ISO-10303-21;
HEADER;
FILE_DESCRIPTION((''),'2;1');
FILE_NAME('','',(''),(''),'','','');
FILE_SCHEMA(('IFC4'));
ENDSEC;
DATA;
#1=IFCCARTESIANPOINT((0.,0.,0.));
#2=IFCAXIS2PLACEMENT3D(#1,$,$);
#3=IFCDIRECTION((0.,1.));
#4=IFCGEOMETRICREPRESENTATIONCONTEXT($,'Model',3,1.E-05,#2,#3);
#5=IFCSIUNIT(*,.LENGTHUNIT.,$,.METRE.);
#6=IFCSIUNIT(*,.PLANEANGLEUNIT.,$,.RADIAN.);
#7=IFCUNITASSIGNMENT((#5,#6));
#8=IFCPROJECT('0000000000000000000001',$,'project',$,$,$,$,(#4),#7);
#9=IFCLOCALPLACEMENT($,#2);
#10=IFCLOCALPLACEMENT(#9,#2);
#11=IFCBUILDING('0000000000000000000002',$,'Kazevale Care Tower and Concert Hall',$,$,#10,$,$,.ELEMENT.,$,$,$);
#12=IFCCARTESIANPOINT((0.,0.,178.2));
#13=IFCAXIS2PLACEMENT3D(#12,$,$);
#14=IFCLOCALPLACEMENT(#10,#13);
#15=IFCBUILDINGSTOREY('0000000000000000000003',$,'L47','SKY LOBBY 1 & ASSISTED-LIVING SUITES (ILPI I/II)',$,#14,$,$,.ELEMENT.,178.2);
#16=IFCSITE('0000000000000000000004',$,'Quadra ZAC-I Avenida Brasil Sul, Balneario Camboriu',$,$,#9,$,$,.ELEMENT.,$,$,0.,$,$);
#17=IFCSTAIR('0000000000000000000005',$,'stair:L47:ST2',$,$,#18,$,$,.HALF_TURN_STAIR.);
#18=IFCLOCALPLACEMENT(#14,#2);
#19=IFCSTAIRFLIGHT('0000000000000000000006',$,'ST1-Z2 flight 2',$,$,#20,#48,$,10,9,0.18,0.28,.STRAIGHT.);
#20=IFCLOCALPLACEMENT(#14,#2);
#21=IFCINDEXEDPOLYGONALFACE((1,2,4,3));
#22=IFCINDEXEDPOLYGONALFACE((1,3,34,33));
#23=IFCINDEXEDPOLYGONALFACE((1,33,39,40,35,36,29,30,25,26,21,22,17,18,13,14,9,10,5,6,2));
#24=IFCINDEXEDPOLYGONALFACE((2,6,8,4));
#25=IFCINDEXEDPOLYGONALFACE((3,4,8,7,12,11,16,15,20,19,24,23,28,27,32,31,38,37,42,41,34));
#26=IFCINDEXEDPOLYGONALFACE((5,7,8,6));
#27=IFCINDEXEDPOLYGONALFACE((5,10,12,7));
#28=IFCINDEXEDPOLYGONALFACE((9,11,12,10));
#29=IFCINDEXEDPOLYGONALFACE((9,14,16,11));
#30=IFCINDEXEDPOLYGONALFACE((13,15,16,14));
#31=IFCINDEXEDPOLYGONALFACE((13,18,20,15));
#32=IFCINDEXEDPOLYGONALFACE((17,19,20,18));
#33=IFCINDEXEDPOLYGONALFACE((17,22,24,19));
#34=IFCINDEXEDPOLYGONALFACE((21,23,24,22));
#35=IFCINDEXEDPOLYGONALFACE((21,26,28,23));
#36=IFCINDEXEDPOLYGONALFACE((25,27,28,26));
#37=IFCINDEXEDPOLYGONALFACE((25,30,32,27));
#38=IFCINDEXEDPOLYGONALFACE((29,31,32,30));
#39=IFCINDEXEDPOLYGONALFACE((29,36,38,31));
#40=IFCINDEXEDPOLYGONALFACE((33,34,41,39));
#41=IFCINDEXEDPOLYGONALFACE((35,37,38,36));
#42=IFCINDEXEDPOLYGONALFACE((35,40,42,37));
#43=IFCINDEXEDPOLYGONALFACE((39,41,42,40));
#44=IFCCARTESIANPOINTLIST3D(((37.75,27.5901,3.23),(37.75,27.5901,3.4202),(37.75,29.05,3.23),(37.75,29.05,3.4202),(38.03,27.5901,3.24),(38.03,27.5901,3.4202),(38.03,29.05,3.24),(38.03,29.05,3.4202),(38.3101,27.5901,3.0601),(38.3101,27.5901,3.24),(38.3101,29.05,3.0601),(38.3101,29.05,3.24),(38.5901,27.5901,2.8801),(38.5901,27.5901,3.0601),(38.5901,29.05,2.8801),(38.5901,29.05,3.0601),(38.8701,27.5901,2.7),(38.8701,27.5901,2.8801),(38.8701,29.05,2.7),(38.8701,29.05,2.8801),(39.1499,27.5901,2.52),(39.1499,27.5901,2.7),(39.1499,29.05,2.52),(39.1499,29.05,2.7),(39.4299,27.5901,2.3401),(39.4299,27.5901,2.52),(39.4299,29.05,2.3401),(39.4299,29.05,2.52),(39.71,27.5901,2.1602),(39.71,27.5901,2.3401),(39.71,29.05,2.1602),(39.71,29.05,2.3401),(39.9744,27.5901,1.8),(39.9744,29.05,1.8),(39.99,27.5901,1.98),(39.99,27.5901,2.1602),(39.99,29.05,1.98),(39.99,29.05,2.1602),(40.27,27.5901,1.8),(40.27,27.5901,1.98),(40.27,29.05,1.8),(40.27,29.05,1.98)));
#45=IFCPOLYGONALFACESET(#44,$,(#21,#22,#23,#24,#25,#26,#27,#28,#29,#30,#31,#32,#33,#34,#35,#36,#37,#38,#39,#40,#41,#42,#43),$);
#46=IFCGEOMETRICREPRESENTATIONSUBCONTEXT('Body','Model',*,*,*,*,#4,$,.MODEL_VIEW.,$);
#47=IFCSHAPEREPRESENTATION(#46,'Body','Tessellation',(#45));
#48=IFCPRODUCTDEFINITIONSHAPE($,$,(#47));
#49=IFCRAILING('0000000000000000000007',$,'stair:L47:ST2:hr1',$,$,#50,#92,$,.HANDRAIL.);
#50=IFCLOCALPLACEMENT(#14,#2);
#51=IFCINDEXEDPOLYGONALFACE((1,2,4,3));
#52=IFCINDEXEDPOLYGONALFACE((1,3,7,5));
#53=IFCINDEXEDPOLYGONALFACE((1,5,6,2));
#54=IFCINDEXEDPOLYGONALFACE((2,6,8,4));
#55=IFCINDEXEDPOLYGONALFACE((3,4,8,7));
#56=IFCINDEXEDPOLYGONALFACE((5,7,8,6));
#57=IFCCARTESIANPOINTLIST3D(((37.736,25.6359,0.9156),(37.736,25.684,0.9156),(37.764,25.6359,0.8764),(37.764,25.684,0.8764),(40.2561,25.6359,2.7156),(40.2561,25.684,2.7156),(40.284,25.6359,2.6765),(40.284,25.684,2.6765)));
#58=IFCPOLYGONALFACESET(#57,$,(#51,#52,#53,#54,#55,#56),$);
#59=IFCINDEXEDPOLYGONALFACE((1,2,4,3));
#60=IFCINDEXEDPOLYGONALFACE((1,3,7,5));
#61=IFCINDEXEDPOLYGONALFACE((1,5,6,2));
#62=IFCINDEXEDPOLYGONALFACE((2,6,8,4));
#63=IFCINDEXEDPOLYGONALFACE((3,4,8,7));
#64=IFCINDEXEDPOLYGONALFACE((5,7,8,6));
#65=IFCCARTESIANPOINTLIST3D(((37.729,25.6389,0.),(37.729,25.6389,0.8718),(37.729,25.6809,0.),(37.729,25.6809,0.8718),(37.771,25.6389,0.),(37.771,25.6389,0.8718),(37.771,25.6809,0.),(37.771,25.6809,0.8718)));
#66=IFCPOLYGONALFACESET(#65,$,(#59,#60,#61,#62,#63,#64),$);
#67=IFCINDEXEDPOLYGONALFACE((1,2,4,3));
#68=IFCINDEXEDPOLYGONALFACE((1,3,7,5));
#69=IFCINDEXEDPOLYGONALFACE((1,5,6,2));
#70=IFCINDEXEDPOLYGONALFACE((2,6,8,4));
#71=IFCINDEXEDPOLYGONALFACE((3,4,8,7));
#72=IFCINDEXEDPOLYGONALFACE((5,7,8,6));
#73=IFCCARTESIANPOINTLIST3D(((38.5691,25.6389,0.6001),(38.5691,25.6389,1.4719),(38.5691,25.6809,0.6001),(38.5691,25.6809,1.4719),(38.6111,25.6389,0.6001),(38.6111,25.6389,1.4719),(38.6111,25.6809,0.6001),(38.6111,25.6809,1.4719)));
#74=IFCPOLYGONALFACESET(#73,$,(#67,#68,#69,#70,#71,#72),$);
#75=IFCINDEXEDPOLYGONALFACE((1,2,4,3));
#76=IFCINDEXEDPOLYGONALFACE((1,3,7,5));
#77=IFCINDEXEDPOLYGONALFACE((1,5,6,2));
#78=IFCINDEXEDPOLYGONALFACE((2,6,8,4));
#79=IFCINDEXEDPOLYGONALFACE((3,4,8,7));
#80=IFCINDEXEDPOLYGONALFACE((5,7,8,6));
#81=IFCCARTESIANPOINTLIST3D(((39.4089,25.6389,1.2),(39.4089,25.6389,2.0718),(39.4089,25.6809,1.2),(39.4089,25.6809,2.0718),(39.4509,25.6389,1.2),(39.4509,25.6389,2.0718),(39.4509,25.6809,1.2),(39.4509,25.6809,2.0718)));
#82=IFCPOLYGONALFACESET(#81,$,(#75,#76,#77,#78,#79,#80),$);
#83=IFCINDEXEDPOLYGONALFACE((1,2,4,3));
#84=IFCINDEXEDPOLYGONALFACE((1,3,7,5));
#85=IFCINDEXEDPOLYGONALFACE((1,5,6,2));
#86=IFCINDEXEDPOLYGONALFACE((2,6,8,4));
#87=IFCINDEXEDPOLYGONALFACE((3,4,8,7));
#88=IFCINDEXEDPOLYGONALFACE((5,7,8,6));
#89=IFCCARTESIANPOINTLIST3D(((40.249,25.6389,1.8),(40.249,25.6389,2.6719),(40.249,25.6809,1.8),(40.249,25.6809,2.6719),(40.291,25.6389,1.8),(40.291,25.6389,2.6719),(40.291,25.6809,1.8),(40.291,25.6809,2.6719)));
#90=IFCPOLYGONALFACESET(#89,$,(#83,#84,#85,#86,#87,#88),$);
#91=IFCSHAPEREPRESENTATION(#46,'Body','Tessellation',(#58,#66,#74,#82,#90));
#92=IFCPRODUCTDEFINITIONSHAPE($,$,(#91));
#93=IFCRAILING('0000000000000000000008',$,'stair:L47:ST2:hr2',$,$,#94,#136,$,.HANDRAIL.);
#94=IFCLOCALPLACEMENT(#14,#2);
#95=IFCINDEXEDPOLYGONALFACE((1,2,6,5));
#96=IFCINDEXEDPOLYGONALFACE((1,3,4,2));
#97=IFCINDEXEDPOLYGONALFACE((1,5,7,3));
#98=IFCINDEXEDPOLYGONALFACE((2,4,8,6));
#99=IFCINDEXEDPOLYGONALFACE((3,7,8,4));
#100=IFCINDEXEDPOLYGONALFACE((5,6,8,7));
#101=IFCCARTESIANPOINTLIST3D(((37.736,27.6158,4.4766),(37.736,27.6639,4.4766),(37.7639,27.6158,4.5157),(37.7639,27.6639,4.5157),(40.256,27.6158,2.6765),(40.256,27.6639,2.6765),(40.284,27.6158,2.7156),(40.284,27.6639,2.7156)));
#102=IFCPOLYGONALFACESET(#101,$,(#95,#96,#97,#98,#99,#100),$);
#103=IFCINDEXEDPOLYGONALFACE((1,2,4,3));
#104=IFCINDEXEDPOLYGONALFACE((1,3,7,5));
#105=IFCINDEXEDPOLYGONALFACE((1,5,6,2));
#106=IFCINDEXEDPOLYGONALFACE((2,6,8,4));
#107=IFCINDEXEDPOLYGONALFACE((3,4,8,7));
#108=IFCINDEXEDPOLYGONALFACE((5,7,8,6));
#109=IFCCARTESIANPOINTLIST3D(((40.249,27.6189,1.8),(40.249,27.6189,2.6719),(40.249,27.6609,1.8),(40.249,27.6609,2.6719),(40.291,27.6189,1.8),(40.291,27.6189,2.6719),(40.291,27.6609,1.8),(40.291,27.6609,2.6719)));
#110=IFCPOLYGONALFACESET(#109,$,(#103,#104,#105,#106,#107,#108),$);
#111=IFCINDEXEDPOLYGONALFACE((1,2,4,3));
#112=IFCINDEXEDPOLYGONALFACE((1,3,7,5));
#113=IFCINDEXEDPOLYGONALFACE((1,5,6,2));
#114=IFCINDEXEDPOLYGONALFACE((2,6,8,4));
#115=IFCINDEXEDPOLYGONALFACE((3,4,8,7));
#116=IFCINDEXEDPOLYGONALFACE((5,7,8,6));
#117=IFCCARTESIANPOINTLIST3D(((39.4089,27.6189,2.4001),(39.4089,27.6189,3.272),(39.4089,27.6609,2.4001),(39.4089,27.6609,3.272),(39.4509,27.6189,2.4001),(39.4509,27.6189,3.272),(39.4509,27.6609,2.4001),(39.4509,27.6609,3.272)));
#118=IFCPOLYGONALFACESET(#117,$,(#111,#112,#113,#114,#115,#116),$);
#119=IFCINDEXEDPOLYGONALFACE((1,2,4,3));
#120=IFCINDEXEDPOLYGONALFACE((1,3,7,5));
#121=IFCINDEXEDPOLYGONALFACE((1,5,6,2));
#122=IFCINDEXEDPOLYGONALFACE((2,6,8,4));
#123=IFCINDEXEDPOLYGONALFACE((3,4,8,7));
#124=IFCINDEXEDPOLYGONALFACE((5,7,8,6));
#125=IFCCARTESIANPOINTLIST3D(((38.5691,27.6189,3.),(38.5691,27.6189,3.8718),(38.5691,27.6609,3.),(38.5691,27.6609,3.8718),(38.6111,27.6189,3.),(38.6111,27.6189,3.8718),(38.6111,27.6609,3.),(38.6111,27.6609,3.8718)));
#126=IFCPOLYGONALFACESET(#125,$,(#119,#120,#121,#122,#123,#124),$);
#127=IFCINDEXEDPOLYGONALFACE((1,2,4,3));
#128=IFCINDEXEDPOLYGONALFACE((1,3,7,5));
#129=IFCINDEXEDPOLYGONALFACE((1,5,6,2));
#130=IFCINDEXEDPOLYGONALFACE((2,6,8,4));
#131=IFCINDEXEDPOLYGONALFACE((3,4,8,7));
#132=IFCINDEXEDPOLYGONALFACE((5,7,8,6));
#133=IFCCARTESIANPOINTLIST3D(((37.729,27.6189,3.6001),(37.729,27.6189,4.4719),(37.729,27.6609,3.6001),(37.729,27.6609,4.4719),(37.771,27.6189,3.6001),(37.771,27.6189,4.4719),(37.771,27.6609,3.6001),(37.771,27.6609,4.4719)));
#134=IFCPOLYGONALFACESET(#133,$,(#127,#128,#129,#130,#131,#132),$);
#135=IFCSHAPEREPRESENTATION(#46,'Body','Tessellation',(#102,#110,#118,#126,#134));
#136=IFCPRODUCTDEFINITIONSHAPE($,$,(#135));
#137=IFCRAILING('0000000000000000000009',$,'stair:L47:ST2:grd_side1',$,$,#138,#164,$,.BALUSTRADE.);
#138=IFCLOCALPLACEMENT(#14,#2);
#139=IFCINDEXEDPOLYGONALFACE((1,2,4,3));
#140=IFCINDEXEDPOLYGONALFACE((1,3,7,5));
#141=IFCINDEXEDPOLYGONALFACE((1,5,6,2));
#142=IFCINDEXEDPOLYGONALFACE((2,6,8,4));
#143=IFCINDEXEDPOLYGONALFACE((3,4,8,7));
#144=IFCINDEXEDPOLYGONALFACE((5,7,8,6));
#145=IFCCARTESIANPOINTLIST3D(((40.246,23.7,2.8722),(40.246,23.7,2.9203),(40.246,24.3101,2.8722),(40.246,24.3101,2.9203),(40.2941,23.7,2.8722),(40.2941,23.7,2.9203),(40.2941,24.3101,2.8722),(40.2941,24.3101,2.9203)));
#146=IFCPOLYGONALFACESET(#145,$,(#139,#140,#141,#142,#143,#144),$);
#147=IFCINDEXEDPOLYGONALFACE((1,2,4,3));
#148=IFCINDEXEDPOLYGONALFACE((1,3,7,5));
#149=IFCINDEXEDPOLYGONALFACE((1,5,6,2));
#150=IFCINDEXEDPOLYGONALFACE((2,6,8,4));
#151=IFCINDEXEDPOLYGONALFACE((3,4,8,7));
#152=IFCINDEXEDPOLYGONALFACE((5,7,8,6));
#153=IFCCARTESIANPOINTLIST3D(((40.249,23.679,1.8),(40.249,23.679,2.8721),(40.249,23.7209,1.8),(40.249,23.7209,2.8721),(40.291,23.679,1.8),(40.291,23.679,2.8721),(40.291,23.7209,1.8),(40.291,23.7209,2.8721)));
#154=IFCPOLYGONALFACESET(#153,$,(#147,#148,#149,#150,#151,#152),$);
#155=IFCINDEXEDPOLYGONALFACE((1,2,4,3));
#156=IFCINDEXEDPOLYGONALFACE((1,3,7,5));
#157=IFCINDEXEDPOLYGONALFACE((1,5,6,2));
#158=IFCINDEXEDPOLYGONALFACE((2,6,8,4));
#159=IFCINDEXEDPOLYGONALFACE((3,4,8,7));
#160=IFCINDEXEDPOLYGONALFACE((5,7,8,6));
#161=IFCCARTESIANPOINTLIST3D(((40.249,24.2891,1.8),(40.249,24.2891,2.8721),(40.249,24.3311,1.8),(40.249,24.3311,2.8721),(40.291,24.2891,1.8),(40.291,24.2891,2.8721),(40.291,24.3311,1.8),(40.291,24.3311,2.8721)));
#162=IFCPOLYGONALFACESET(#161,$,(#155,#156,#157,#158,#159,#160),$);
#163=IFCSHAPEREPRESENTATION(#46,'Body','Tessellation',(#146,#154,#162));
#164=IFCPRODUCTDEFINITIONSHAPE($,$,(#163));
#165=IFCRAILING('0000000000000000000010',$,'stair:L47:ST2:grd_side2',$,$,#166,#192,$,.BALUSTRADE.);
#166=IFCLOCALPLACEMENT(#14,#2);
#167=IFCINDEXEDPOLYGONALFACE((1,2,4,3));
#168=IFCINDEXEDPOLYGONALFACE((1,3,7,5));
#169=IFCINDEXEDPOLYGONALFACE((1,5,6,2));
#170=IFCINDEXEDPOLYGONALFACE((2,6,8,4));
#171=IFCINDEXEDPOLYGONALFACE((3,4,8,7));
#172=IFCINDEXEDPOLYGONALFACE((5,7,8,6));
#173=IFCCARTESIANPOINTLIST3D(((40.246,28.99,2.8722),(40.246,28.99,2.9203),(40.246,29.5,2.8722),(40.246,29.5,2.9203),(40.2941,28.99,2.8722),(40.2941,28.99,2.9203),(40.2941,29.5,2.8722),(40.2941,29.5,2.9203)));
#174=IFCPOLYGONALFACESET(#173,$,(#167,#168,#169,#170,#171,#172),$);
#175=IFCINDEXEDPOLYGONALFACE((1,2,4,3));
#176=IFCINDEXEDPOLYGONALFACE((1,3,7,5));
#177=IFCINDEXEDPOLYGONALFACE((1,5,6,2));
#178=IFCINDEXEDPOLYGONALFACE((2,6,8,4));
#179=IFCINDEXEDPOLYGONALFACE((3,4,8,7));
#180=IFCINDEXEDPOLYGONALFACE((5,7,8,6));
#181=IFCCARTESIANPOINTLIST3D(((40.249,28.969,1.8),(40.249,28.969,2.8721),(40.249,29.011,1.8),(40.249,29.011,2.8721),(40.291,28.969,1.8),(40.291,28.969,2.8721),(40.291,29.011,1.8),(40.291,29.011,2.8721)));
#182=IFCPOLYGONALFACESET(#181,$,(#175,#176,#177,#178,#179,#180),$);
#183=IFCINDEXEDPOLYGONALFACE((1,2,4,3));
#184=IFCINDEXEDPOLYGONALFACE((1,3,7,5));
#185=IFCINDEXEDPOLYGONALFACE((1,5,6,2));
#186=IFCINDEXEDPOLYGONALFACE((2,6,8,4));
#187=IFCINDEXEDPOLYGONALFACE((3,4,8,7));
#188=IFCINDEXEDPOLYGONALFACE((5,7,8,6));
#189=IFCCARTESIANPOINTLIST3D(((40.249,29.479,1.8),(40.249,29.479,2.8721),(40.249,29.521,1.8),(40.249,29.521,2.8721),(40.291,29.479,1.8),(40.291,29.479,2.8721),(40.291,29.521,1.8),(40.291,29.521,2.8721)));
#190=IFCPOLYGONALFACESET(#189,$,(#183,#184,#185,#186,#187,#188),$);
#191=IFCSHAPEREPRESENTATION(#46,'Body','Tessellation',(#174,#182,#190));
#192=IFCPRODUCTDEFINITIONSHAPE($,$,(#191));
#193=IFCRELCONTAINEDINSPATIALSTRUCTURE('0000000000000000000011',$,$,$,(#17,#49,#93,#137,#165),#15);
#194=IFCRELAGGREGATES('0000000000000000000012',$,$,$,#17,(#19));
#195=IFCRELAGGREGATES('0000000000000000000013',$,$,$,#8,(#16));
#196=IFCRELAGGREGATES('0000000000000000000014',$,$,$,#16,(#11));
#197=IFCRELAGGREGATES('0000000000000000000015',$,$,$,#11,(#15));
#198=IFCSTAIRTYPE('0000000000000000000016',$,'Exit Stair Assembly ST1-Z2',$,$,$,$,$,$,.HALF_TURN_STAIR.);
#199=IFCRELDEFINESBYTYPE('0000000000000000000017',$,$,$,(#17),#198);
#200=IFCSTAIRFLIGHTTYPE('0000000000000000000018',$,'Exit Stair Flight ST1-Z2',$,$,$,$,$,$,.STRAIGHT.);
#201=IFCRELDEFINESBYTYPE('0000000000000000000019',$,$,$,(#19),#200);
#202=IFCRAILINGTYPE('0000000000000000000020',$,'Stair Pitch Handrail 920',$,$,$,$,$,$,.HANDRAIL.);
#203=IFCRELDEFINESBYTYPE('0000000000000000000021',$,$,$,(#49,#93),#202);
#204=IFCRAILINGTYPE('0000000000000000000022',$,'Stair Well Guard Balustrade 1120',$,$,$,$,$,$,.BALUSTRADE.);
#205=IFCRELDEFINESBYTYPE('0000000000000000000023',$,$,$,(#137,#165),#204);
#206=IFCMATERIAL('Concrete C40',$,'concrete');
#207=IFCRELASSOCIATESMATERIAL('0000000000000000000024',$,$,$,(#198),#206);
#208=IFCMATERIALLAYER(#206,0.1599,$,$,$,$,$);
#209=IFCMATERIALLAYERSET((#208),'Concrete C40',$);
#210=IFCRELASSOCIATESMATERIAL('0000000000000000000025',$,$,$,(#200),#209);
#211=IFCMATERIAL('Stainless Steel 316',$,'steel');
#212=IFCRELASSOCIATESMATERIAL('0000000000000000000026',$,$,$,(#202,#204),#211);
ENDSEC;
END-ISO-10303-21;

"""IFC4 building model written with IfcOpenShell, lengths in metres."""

from ifc_helpers import new_model, si_unit, direction, frame, origin, origin_2d, place, context, subcontext, project, spatial, polyline, rectangle, outline, extrude, material, layer, layer_set, type_object, element, aggregate, save


model = new_model("IFC4")

# Units and contexts
model_context = context("Model", 3, precision=1e-05, world=origin(), true_north=direction((0.0, 1.0)))
body_context = subcontext(model_context, "Body", "Model", "MODEL_VIEW")
ifc_project = project(units=[si_unit("LENGTHUNIT", "METRE"), si_unit("PLANEANGLEUNIT", "RADIAN")], contexts=[model_context])

# Site, building, storey
site_placement = place(None, origin())
site = spatial("IfcSite", under=ifc_project, at=site_placement, Name="Quadra ZAC-I Avenida Brasil Sul, Balneario Camboriu", CompositionType="ELEMENT", RefElevation=0.0)
building_placement = place(site_placement, origin())
building = spatial("IfcBuilding", under=site, at=building_placement, Name="Kazevale Care Tower and Concert Hall", CompositionType="ELEMENT")
storey_placement = place(building_placement, frame((0.0, 0.0, 178.2)))
storey = spatial("IfcBuildingStorey", under=building, at=storey_placement, Name="L47", Description="SKY LOBBY 1 & ASSISTED-LIVING SUITES (ILPI I/II)", CompositionType="ELEMENT", Elevation=178.2)

# Stair, stair flight
ifc_material_1 = material(Name="Concrete C40", Category="concrete")
stair_type = type_object("IfcStairType", Name="Exit Stair Assembly ST1-Z2", PredefinedType="HALF_TURN_STAIR", material=ifc_material_1)
stair_placement = place(storey_placement, origin())
stair = element("IfcStair", 1, at=stair_placement, inside=storey, type_object=stair_type, Name="stair:L47:ST2", PredefinedType="HALF_TURN_STAIR")
ifc_layer_1 = layer(ifc_material_1, 0.1599)
ifc_layer_set_1 = layer_set([ifc_layer_1], Name="Concrete C40")
stair_flight_type = type_object("IfcStairFlightType", Name="Exit Stair Flight ST1-Z2", PredefinedType="STRAIGHT", material=ifc_layer_set_1)
stair_flight_1_placement = place(storey_placement, frame((40.27, 28.3201, 1.8), z_axis=(0.0, 0.0, 1.0), x_axis=(-1.0, 0.0, 0.0)))
stair_flight_1 = element("IfcStairFlight", 2, at=stair_flight_1_placement, type_object=stair_flight_type, Name="ST1-Z2 flight 2", NumberOfRisers=10, NumberOfTreads=9, PredefinedType="STRAIGHT", RiserHeight=0.18, TreadLength=0.28, context=body_context, shape_type="SweptSolid", body=[
    extrude(outline(polyline([(0.0, 0.0), (0.0, 0.1799), (0.28, 0.1799), (0.28, 0.3601), (0.5601, 0.3601), (0.5601, 0.54), (0.8401, 0.54), (0.8401, 0.72), (1.1201, 0.72), (1.1201, 0.8999), (1.3999, 0.8999), (1.3999, 1.0801), (1.6799, 1.0801), (1.6799, 1.26), (1.96, 1.26), (1.96, 1.4399), (2.24, 1.4399), (2.24, 1.6201), (2.52, 1.6201), (2.52, 1.8), (2.52, 1.4299), (0.2957, 0.0), (0.0, 0.0)])), frame((0.0, 0.73, 0.0), z_axis=(0.0, -1.0, 0.0), x_axis=(1.0, 0.0, 0.0)), (0.0, 0.0, 1.0), 1.46),
])
aggregate(stair, [stair_flight_1])

# Railings
ifc_material_2 = material(Name="Stainless Steel 316", Category="steel")
railing_type_1 = type_object("IfcRailingType", Name="Stair Pitch Handrail 920", PredefinedType="HANDRAIL", material=ifc_material_2)
railing_1_placement = place(storey_placement, frame((37.75, 25.6599, 0.0)))
element("IfcRailing", 3, at=railing_1_placement, inside=storey, type_object=railing_type_1, Name="stair:L47:ST2:hr1", PredefinedType="HANDRAIL", context=body_context, shape_type="SweptSolid", body=[
    extrude(rectangle(XDim=0.0481, YDim=0.0481, at=origin_2d()), frame((0.0, 0.0, 0.896), z_axis=(0.813728, 0.0, 0.581246), x_axis=(0.0, 1.0, 0.0)), (0.0, 0.0, 1.0), 3.0969),
    extrude(rectangle(XDim=0.042, YDim=0.042, at=origin_2d()), origin(), (0.0, 0.0, 1.0), 0.8718),
    extrude(rectangle(XDim=0.042, YDim=0.042, at=origin_2d()), frame((0.8401, 0.0, 0.6001)), (0.0, 0.0, 1.0), 0.8718),
    extrude(rectangle(XDim=0.042, YDim=0.042, at=origin_2d()), frame((1.6799, 0.0, 1.2)), (0.0, 0.0, 1.0), 0.8718),
    extrude(rectangle(XDim=0.042, YDim=0.042, at=origin_2d()), frame((2.52, 0.0, 1.8)), (0.0, 0.0, 1.0), 0.8718),
])
railing_2_placement = place(storey_placement, frame((40.27, 27.6399, 1.8)))
element("IfcRailing", 4, at=railing_2_placement, inside=storey, type_object=railing_type_1, Name="stair:L47:ST2:hr2", PredefinedType="HANDRAIL", context=body_context, shape_type="SweptSolid", body=[
    extrude(rectangle(XDim=0.0481, YDim=0.0481, at=origin_2d()), frame((0.0, 0.0, 0.896), z_axis=(-0.813728, 0.0, 0.581246), x_axis=(0.0, -1.0, 0.0)), (0.0, 0.0, 1.0), 3.0969),
    extrude(rectangle(XDim=0.042, YDim=0.042, at=origin_2d()), origin(), (0.0, 0.0, 1.0), 0.8718),
    extrude(rectangle(XDim=0.042, YDim=0.042, at=origin_2d()), frame((-0.8401, 0.0, 0.6001)), (0.0, 0.0, 1.0), 0.8718),
    extrude(rectangle(XDim=0.042, YDim=0.042, at=origin_2d()), frame((-1.6799, 0.0, 1.2)), (0.0, 0.0, 1.0), 0.8718),
    extrude(rectangle(XDim=0.042, YDim=0.042, at=origin_2d()), frame((-2.52, 0.0, 1.8)), (0.0, 0.0, 1.0), 0.8718),
])
railing_type_2 = type_object("IfcRailingType", Name="Stair Well Guard Balustrade 1120", PredefinedType="BALUSTRADE", material=ifc_material_2)
railing_3_placement = place(storey_placement, frame((40.27, 23.7, 1.8)))
element("IfcRailing", 5, at=railing_3_placement, inside=storey, type_object=railing_type_2, Name="stair:L47:ST2:grd_side1", PredefinedType="BALUSTRADE", context=body_context, shape_type="SweptSolid", body=[
    extrude(rectangle(XDim=0.0481, YDim=0.0481, at=origin_2d()), frame((0.0, 0.0, 1.0962), z_axis=(0.0, 1.0, 0.0), x_axis=(-1.0, 0.0, 0.0)), (0.0, 0.0, 1.0), 0.6101),
    extrude(rectangle(XDim=0.042, YDim=0.042, at=origin_2d()), origin(), (0.0, 0.0, 1.0), 1.072),
    extrude(rectangle(XDim=0.042, YDim=0.042, at=origin_2d()), frame((0.0, 0.6101, 0.0)), (0.0, 0.0, 1.0), 1.072),
])
railing_4_placement = place(storey_placement, frame((40.27, 28.99, 1.8)))
element("IfcRailing", 6, at=railing_4_placement, inside=storey, type_object=railing_type_2, Name="stair:L47:ST2:grd_side2", PredefinedType="BALUSTRADE", context=body_context, shape_type="SweptSolid", body=[
    extrude(rectangle(XDim=0.0481, YDim=0.0481, at=origin_2d()), frame((0.0, 0.0, 1.0962), z_axis=(0.0, 1.0, 0.0), x_axis=(-1.0, 0.0, 0.0)), (0.0, 0.0, 1.0), 0.51),
    extrude(rectangle(XDim=0.042, YDim=0.042, at=origin_2d()), origin(), (0.0, 0.0, 1.0), 1.072),
    extrude(rectangle(XDim=0.042, YDim=0.042, at=origin_2d()), frame((0.0, 0.51, 0.0)), (0.0, 0.0, 1.0), 1.072),
])

save(model, "model.ifc")
